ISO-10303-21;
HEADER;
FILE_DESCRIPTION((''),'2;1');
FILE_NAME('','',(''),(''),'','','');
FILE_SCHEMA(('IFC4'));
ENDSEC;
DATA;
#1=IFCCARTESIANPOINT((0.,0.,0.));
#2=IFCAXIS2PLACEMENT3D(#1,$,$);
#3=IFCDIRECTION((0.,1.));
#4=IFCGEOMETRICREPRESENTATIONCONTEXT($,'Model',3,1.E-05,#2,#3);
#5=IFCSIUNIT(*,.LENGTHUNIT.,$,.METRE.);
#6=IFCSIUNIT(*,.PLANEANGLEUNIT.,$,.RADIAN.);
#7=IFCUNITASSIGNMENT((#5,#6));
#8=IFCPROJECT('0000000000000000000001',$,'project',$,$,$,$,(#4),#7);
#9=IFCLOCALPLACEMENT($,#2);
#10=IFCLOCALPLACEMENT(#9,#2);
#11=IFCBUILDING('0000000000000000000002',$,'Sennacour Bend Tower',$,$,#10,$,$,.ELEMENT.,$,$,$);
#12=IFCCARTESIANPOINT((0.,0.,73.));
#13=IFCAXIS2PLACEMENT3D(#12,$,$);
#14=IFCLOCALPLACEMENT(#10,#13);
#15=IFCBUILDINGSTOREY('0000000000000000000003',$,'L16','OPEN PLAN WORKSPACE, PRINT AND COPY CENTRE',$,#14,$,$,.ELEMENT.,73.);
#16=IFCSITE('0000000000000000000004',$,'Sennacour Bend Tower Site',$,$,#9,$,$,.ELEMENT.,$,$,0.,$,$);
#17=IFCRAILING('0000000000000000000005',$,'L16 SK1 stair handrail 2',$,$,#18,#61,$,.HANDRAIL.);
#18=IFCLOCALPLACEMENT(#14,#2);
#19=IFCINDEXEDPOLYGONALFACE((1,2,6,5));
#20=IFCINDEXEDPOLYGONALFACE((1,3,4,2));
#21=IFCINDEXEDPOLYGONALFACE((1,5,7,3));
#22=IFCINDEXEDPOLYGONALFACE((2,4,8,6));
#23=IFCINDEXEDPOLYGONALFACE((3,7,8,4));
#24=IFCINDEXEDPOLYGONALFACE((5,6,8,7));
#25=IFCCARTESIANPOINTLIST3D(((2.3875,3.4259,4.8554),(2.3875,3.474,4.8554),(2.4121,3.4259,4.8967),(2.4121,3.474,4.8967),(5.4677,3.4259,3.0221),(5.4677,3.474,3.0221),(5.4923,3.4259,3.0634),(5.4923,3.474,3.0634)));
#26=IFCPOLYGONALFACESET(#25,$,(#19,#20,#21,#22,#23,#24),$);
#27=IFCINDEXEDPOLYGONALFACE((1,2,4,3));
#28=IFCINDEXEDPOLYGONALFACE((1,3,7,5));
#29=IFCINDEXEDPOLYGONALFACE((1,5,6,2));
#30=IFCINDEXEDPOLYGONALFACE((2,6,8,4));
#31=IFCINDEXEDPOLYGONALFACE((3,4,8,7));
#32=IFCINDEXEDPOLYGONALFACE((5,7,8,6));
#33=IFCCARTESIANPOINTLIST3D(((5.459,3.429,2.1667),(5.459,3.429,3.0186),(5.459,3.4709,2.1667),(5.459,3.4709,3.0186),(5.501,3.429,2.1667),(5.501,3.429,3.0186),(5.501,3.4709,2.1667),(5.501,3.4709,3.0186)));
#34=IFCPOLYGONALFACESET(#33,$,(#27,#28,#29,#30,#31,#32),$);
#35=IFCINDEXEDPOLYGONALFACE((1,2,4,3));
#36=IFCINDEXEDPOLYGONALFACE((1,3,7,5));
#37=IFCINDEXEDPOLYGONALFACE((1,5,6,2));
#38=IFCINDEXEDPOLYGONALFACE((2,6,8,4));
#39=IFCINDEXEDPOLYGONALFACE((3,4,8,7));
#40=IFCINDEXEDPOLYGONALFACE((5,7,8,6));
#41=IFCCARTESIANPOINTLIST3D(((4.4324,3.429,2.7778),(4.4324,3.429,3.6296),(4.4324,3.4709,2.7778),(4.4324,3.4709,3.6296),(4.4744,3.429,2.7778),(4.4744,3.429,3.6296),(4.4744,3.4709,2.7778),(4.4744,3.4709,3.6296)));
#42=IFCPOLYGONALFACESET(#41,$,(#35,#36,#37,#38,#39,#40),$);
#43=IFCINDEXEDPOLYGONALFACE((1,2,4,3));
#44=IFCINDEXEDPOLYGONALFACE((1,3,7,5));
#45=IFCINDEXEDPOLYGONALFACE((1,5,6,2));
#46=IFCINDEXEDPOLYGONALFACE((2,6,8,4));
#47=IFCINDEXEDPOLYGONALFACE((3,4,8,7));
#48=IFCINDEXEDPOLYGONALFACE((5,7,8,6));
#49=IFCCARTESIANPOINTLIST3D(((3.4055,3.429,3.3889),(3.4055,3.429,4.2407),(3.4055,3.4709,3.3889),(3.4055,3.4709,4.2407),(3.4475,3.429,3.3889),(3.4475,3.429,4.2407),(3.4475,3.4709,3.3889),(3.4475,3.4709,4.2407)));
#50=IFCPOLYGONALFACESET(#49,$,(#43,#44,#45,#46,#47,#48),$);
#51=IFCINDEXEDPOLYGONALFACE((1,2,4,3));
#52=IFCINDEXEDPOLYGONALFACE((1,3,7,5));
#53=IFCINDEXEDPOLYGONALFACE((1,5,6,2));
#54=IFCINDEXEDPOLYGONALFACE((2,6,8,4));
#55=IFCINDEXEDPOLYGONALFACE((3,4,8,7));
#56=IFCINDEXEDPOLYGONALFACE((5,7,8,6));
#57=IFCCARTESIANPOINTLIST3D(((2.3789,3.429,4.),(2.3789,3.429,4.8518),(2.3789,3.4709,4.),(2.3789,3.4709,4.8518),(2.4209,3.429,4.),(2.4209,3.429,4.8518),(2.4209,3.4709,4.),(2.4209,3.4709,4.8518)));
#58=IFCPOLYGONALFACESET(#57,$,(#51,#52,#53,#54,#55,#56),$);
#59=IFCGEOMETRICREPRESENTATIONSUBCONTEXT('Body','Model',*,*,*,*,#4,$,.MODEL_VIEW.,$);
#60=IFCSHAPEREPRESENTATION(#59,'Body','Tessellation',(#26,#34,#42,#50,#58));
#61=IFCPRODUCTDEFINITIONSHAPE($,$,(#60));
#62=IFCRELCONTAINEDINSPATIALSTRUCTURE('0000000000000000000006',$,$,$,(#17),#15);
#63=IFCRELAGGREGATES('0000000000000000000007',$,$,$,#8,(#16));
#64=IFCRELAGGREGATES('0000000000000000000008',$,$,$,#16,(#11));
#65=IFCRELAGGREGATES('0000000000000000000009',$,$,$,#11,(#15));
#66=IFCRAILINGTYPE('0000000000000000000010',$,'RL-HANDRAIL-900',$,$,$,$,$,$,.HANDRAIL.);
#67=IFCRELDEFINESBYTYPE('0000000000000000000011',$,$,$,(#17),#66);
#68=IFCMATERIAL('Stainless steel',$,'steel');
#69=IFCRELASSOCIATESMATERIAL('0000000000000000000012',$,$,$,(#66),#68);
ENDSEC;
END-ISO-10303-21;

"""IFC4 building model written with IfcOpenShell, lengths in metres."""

from ifc_helpers import new_model, si_unit, direction, frame, origin, origin_2d, place, context, subcontext, project, spatial, rectangle, extrude, material, type_object, element, save


model = new_model("IFC4")

# Units and contexts
model_context = context("Model", 3, precision=1e-05, world=origin(), true_north=direction((0.0, 1.0)))
body_context = subcontext(model_context, "Body", "Model", "MODEL_VIEW")
ifc_project = project(units=[si_unit("LENGTHUNIT", "METRE"), si_unit("PLANEANGLEUNIT", "RADIAN")], contexts=[model_context])

# Site, building, storey
site_placement = place(None, origin())
site = spatial("IfcSite", under=ifc_project, at=site_placement, Name="Sennacour Bend Tower Site", CompositionType="ELEMENT", RefElevation=0.0)
building_placement = place(site_placement, origin())
building = spatial("IfcBuilding", under=site, at=building_placement, Name="Sennacour Bend Tower", CompositionType="ELEMENT")
storey_placement = place(building_placement, frame((0.0, 0.0, 73.0)))
storey = spatial("IfcBuildingStorey", under=building, at=storey_placement, Name="L16", Description="OPEN PLAN WORKSPACE, PRINT AND COPY CENTRE", CompositionType="ELEMENT", Elevation=73.0)

# Railing
ifc_material_1 = material(Name="Stainless steel", Category="steel")
railing_type = type_object("IfcRailingType", Name="RL-HANDRAIL-900", PredefinedType="HANDRAIL", material=ifc_material_1)
railing_placement = place(storey_placement, frame((5.48, 3.45, 2.1667)))
element("IfcRailing", 1, at=railing_placement, inside=storey, type_object=railing_type, Name="L16 SK1 stair handrail 2", PredefinedType="HANDRAIL", context=body_context, shape_type="SweptSolid", body=[
    extrude(rectangle(XDim=0.0481, YDim=0.0481, at=origin_2d()), frame((0.0, 0.0, 0.876), z_axis=(-0.859309, 0.0, 0.511458), x_axis=(0.0, -1.0, 0.0)), (0.0, 0.0, 1.0), 3.5845),
    extrude(rectangle(XDim=0.042, YDim=0.042, at=origin_2d()), origin(), (0.0, 0.0, 1.0), 0.8518),
    extrude(rectangle(XDim=0.042, YDim=0.042, at=origin_2d()), frame((-1.0266, 0.0, 0.6111)), (0.0, 0.0, 1.0), 0.8518),
    extrude(rectangle(XDim=0.042, YDim=0.042, at=origin_2d()), frame((-2.0535, 0.0, 1.2222)), (0.0, 0.0, 1.0), 0.8518),
    extrude(rectangle(XDim=0.042, YDim=0.042, at=origin_2d()), frame((-3.0801, 0.0, 1.8333)), (0.0, 0.0, 1.0), 0.8518),
])

save(model, "model.ifc")
